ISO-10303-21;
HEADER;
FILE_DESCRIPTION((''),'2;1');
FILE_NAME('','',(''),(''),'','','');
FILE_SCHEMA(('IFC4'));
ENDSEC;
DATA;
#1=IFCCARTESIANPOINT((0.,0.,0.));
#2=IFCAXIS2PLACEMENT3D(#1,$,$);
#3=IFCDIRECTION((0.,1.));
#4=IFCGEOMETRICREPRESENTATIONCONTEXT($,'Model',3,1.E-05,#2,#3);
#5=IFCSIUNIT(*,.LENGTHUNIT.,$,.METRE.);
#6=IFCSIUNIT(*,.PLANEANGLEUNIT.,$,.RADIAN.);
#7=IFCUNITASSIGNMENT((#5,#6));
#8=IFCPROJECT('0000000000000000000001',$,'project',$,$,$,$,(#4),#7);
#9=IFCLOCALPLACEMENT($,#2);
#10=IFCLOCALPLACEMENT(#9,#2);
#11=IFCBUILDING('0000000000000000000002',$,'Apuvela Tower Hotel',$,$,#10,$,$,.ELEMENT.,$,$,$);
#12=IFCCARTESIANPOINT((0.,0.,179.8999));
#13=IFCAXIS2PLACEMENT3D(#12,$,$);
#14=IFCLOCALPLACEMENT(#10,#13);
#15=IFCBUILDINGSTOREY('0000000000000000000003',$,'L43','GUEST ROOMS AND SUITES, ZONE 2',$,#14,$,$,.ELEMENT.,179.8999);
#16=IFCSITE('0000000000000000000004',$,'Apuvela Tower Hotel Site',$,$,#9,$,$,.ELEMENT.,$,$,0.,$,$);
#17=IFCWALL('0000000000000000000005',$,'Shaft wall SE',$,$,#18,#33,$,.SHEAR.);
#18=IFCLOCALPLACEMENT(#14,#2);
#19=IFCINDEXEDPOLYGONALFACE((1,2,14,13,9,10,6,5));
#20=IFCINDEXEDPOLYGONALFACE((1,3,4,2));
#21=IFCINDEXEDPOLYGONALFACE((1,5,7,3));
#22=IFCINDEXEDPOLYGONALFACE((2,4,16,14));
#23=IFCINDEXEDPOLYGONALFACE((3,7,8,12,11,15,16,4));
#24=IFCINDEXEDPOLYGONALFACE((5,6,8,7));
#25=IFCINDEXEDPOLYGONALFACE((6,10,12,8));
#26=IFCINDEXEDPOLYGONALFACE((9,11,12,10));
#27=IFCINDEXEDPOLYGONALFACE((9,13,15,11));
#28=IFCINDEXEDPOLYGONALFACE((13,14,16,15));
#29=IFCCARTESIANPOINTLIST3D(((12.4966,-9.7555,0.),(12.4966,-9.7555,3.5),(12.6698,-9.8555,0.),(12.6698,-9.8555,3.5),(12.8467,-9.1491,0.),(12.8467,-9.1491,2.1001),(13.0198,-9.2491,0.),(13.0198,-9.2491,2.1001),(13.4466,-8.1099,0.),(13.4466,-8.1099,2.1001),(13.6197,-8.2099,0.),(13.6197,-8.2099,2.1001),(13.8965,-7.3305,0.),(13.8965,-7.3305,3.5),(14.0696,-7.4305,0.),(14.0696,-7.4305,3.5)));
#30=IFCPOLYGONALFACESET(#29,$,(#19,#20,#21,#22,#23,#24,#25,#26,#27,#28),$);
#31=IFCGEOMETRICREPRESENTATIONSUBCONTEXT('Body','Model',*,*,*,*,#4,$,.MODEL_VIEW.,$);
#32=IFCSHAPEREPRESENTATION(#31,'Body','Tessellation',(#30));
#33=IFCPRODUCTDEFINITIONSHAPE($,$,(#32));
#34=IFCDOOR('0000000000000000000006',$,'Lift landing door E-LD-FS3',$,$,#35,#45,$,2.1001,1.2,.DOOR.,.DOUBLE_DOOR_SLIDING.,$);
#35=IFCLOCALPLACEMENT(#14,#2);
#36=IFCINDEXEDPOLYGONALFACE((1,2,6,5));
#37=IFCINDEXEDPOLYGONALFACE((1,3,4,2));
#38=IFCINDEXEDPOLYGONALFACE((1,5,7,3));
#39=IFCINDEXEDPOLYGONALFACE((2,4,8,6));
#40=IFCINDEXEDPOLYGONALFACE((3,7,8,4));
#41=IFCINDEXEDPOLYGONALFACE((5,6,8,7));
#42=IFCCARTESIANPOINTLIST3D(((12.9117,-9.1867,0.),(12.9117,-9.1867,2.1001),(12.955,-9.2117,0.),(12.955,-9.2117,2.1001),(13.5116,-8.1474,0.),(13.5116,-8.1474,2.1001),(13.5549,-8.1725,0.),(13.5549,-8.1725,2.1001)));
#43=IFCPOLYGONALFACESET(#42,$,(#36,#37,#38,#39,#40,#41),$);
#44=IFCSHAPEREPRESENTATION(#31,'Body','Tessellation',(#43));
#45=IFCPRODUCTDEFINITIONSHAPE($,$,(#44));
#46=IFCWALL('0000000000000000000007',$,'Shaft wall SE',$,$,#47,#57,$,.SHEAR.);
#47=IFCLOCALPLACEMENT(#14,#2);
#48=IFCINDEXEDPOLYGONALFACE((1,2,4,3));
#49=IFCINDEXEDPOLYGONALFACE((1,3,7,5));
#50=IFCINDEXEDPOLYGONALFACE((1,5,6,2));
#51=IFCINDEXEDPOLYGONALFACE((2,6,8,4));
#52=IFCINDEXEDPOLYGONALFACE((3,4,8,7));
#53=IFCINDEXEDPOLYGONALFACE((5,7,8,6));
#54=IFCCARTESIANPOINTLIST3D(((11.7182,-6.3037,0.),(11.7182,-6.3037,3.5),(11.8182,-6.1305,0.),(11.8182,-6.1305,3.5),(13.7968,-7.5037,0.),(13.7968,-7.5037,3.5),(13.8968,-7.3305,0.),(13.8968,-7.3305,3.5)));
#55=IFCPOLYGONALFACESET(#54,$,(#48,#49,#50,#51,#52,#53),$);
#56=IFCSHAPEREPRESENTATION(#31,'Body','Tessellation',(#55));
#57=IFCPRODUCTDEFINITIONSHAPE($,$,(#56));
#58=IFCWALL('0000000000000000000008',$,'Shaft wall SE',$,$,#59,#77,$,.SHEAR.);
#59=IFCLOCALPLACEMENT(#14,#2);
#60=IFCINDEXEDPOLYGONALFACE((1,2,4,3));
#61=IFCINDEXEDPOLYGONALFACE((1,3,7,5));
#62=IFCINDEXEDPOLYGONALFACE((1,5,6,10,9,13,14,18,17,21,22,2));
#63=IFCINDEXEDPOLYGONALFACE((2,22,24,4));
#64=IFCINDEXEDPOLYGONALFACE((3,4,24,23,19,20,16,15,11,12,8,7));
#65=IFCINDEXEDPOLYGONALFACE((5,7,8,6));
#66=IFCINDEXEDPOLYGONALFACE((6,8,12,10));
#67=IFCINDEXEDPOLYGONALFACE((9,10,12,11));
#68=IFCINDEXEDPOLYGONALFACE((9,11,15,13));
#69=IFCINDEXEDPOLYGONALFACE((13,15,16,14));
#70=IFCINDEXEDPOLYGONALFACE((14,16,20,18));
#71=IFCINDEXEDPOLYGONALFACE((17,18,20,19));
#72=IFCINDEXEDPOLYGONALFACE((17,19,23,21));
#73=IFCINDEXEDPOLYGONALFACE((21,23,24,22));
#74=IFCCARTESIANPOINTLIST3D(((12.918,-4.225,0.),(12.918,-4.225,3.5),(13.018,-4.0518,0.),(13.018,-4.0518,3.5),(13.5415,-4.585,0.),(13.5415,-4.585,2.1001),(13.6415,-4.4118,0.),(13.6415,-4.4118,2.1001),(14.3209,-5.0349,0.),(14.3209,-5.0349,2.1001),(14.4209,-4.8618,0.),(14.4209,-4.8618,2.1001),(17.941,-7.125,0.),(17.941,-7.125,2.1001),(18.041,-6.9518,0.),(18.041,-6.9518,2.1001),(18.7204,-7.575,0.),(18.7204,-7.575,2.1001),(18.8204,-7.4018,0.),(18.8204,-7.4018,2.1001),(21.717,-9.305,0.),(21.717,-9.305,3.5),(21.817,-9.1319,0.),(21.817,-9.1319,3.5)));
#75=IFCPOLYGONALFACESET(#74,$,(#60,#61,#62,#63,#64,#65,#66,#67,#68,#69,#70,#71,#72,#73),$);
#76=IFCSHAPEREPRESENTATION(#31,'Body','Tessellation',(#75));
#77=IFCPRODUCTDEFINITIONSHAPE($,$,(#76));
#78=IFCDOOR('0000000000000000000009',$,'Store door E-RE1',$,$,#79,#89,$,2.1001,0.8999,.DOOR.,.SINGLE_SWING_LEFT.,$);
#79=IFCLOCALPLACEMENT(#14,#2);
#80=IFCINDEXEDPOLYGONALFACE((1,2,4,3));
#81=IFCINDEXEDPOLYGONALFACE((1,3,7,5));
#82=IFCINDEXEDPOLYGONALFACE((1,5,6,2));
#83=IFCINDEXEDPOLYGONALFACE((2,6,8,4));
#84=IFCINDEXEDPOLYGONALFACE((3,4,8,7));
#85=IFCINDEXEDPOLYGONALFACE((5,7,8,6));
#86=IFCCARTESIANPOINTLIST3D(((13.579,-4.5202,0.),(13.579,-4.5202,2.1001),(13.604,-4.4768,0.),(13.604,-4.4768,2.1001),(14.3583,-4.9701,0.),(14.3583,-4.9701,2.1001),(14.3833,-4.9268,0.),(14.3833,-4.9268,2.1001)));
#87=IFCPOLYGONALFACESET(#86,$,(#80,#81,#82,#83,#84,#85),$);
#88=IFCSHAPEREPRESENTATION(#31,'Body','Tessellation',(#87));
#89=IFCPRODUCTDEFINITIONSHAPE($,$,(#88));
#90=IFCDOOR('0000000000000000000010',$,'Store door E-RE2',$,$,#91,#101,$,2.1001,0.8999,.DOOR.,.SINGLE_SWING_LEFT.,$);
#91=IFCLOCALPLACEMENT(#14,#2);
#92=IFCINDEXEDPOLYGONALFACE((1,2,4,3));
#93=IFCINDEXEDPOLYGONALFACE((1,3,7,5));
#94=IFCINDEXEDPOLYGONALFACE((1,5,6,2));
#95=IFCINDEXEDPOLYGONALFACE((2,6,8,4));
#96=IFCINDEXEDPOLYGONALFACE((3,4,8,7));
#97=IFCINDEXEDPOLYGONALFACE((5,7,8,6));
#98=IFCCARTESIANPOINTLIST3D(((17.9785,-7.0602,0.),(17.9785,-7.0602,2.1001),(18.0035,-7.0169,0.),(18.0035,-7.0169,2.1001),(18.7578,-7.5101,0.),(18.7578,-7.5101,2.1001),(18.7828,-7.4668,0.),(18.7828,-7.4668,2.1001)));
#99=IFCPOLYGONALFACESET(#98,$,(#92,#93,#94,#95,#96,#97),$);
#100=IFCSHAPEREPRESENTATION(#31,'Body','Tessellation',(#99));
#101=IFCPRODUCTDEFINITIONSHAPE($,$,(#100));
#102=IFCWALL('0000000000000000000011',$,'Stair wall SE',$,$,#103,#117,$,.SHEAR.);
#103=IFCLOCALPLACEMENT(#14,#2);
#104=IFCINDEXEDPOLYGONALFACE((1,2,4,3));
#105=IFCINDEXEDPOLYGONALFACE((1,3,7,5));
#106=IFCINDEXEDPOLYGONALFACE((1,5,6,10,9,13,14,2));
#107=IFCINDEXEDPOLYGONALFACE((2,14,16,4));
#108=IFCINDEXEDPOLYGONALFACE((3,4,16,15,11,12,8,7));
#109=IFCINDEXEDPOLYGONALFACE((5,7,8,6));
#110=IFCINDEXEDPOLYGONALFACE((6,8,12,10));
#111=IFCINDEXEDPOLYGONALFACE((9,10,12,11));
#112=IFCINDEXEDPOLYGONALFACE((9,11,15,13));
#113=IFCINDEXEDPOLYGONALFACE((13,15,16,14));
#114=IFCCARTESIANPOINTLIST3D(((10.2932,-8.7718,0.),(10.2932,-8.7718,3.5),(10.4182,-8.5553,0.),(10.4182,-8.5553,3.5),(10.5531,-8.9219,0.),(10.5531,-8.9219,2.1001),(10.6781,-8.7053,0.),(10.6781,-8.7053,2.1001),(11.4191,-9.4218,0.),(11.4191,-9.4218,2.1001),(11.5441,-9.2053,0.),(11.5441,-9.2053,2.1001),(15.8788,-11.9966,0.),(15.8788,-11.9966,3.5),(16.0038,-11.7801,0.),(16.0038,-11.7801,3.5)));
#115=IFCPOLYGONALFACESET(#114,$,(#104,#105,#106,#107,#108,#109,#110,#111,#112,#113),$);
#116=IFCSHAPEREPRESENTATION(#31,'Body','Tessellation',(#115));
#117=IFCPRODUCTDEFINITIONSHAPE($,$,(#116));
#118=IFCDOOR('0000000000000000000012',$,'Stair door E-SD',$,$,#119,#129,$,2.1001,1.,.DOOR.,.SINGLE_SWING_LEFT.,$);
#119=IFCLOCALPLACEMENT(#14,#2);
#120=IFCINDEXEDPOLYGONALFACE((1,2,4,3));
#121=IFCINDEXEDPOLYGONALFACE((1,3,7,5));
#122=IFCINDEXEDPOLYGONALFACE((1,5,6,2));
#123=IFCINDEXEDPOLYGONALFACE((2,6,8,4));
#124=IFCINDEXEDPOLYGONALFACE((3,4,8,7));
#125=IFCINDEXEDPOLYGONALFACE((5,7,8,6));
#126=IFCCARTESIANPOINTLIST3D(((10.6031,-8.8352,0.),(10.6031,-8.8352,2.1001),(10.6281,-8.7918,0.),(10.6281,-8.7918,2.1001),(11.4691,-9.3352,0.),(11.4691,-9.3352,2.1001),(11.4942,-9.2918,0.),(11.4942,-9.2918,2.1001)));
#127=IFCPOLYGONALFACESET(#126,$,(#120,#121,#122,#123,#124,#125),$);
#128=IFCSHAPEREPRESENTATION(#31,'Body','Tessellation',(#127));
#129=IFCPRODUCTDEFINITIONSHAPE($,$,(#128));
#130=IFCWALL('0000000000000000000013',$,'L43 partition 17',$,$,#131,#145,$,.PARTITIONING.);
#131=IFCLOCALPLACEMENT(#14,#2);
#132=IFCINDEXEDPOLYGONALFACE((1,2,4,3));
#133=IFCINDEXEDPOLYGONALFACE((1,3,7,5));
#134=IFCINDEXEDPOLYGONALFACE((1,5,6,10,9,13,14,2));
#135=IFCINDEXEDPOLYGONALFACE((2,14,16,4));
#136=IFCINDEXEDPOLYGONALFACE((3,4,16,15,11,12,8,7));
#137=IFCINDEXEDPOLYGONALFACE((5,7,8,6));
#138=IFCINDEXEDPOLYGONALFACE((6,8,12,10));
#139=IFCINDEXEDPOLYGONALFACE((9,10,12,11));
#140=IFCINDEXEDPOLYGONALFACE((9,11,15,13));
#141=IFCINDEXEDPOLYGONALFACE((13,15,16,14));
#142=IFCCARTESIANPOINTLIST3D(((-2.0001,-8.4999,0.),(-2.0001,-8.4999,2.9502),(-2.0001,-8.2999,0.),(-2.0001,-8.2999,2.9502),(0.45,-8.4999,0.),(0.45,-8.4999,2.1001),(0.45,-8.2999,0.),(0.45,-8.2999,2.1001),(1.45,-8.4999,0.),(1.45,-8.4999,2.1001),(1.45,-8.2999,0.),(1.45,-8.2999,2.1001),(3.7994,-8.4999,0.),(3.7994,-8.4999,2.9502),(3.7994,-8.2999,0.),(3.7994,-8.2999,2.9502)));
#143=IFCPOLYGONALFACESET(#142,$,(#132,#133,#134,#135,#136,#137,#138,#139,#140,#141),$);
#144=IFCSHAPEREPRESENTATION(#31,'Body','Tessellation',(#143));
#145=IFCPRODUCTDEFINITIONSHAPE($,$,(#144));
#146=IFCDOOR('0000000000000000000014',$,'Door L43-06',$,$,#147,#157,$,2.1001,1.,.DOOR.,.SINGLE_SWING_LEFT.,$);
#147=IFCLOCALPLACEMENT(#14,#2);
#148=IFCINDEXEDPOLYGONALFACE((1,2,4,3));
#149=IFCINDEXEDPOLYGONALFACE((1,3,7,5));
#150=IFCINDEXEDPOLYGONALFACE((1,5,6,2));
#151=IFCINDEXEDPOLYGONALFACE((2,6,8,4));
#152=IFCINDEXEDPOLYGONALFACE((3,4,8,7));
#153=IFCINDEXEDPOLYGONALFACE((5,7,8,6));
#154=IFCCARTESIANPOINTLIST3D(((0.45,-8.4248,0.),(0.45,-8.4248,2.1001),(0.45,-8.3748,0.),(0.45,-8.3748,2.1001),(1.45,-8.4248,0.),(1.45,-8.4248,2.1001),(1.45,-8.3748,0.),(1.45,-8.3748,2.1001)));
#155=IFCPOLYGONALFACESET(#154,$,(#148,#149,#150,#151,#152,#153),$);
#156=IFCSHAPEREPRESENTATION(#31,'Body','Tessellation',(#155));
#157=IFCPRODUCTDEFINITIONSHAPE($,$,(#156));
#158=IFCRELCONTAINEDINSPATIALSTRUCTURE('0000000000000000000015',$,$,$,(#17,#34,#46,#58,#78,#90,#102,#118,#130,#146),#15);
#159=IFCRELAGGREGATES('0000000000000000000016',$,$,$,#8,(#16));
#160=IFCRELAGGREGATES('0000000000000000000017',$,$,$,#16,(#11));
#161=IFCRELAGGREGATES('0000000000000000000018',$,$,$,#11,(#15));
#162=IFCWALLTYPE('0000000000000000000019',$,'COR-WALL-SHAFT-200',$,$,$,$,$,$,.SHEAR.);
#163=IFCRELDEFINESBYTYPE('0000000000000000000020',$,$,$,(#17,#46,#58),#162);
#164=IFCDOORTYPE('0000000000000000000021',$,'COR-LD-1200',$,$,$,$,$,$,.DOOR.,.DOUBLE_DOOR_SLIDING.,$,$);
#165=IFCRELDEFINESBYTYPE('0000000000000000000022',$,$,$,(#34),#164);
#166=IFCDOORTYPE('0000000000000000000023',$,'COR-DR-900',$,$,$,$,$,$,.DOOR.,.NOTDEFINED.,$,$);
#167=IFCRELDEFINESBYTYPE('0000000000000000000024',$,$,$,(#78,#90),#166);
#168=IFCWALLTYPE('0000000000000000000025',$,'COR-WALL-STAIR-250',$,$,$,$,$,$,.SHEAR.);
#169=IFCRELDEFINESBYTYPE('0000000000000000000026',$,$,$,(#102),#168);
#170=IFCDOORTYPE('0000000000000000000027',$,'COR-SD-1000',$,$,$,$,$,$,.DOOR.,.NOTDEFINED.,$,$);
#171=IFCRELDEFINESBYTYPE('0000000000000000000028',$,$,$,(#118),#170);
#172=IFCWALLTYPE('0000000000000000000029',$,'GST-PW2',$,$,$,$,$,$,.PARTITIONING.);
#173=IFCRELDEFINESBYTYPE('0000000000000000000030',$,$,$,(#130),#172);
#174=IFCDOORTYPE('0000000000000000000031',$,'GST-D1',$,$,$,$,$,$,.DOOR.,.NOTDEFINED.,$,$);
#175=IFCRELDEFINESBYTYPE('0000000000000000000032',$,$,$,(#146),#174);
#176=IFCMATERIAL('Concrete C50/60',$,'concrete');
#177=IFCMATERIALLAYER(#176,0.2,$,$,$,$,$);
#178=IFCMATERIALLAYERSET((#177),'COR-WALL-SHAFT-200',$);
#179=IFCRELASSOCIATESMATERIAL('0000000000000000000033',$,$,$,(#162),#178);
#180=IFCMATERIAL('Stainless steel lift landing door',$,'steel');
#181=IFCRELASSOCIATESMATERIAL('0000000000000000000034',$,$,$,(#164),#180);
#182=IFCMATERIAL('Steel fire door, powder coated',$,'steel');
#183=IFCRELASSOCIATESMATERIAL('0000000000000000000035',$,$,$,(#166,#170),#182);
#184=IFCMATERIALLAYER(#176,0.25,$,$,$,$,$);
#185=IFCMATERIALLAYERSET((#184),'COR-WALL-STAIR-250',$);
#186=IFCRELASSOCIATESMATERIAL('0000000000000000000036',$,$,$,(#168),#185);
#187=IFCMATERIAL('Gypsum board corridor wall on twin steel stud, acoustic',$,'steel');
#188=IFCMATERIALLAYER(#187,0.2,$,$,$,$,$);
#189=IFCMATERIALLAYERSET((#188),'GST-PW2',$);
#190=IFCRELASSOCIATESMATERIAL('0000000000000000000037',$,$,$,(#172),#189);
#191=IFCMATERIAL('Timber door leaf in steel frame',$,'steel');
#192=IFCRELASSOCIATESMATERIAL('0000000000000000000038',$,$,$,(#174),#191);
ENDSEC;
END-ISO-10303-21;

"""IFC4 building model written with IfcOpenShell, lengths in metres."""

from ifc_helpers import new_model, si_unit, direction, frame, frame_2d, origin, place, context, subcontext, project, spatial, rectangle, extrude, material, layer, layer_set, type_object, element, fill, save


model = new_model("IFC4")

# Units and contexts
model_context = context("Model", 3, precision=1e-05, world=origin(), true_north=direction((0.0, 1.0)))
body_context = subcontext(model_context, "Body", "Model", "MODEL_VIEW")
ifc_project = project(units=[si_unit("LENGTHUNIT", "METRE"), si_unit("PLANEANGLEUNIT", "RADIAN")], contexts=[model_context])

# Site, building, storey
site_placement = place(None, origin())
site = spatial("IfcSite", under=ifc_project, at=site_placement, Name="Apuvela Tower Hotel Site", CompositionType="ELEMENT", RefElevation=0.0)
building_placement = place(site_placement, origin())
building = spatial("IfcBuilding", under=site, at=building_placement, Name="Apuvela Tower Hotel", CompositionType="ELEMENT")
storey_placement = place(building_placement, frame((0.0, 0.0, 179.8999)))
storey = spatial("IfcBuildingStorey", under=building, at=storey_placement, Name="L43", Description="GUEST ROOMS AND SUITES, ZONE 2", CompositionType="ELEMENT", Elevation=179.8999)

# Shared definitions
ifc_material_1 = material(Name="Concrete C50/60", Category="concrete")
ifc_material_2 = material(Name="Steel fire door, powder coated", Category="steel")

# Wall, opening, door
ifc_layer_1 = layer(ifc_material_1, 0.2)
ifc_layer_set_1 = layer_set([ifc_layer_1], Name="COR-WALL-SHAFT-200")
wall_type_1 = type_object("IfcWallType", Name="COR-WALL-SHAFT-200", PredefinedType="SHEAR", material=ifc_layer_set_1)
wall_1_placement = place(storey_placement, frame((12.5833, -9.8054, 0.0), z_axis=(0.0, 0.0, 1.0), x_axis=(0.499946, 0.866056, 0.0)))
wall_1 = element("IfcWall", 1, at=wall_1_placement, inside=storey, type_object=wall_type_1, Name="Shaft wall SE", PredefinedType="SHEAR", context=body_context, shape_type="SweptSolid", body=[
    extrude(rectangle(XDim=2.8, YDim=0.2, at=frame_2d((1.3999, 0.0))), origin(), (0.0, 0.0, 1.0), 3.5),
])
opening_1_placement = place(wall_1_placement, frame((0.7, 0.0, 0.0)))
opening_1 = element("IfcOpeningElement", 2, at=opening_1_placement, cuts=wall_1, PredefinedType="OPENING", context=body_context, shape_type="SweptSolid", body=[
    extrude(rectangle(XDim=1.2, YDim=2.1001, at=frame_2d((0.6001, 1.05))), frame((0.0, 0.1099, 0.0), z_axis=(0.0, -1.0, 0.0), x_axis=(1.0, 0.0, 0.0)), (0.0, 0.0, 1.0), 0.22),
])
ifc_material_3 = material(Name="Stainless steel lift landing door", Category="steel")
door_type_1 = type_object("IfcDoorType", Name="COR-LD-1200", OperationType="DOUBLE_DOOR_SLIDING", PredefinedType="DOOR", material=ifc_material_3)
door_1_placement = place(opening_1_placement, origin())
door_1 = element("IfcDoor", 3, at=door_1_placement, inside=storey, type_object=door_type_1, Name="Lift landing door E-LD-FS3", OperationType="DOUBLE_DOOR_SLIDING", OverallHeight=2.1001, OverallWidth=1.2, PredefinedType="DOOR", context=body_context, shape_type="SweptSolid", body=[
    extrude(rectangle(XDim=1.2, YDim=2.1001, at=frame_2d((0.6001, 1.05))), frame((0.0, 0.0249, 0.0), z_axis=(0.0, -1.0, 0.0), x_axis=(1.0, 0.0, 0.0)), (0.0, 0.0, 1.0), 0.05),
])
fill(opening_1, door_1)

# Wall
wall_2_placement = place(storey_placement, frame((11.7681, -6.217, 0.0), z_axis=(0.0, 0.0, 1.0), x_axis=(0.86605, -0.499957, 0.0)))
element("IfcWall", 4, at=wall_2_placement, inside=storey, type_object=wall_type_1, Name="Shaft wall SE", PredefinedType="SHEAR", context=body_context, shape_type="SweptSolid", body=[
    extrude(rectangle(XDim=2.4001, YDim=0.2, at=frame_2d((1.2002, 0.0))), origin(), (0.0, 0.0, 1.0), 3.5),
])

# Wall, openings, doors
wall_3_placement = place(storey_placement, frame((12.968, -4.1384, 0.0), z_axis=(0.0, 0.0, 1.0), x_axis=(0.866028, -0.499995, 0.0)))
wall_3 = element("IfcWall", 5, at=wall_3_placement, inside=storey, type_object=wall_type_1, Name="Shaft wall SE", PredefinedType="SHEAR", context=body_context, shape_type="SweptSolid", body=[
    extrude(rectangle(XDim=10.1602, YDim=0.2, at=frame_2d((5.0801, 0.0))), origin(), (0.0, 0.0, 1.0), 3.5),
])
opening_2_placement = place(wall_3_placement, frame((0.72, 0.0, 0.0)))
opening_2 = element("IfcOpeningElement", 6, at=opening_2_placement, cuts=wall_3, PredefinedType="OPENING", context=body_context, shape_type="SweptSolid", body=[
    extrude(rectangle(XDim=0.8999, YDim=2.1001, at=frame_2d((0.45, 1.05))), frame((0.0, 0.1099, 0.0), z_axis=(0.0, -1.0, 0.0), x_axis=(1.0, 0.0, 0.0)), (0.0, 0.0, 1.0), 0.22),
])
opening_3_placement = place(wall_3_placement, frame((5.8, 0.0, 0.0)))
opening_3 = element("IfcOpeningElement", 7, at=opening_3_placement, cuts=wall_3, PredefinedType="OPENING", context=body_context, shape_type="SweptSolid", body=[
    extrude(rectangle(XDim=0.8999, YDim=2.1001, at=frame_2d((0.45, 1.05))), frame((0.0, 0.1099, 0.0), z_axis=(0.0, -1.0, 0.0), x_axis=(1.0, 0.0, 0.0)), (0.0, 0.0, 1.0), 0.22),
])
door_type_2 = type_object("IfcDoorType", Name="COR-DR-900", OperationType="NOTDEFINED", PredefinedType="DOOR", material=ifc_material_2)
door_2_placement = place(opening_2_placement, origin())
door_2 = element("IfcDoor", 8, at=door_2_placement, inside=storey, type_object=door_type_2, Name="Store door E-RE1", OperationType="SINGLE_SWING_LEFT", OverallHeight=2.1001, OverallWidth=0.8999, PredefinedType="DOOR", context=body_context, shape_type="SweptSolid", body=[
    extrude(rectangle(XDim=0.8999, YDim=2.1001, at=frame_2d((0.45, 1.05))), frame((0.0, 0.0249, 0.0), z_axis=(0.0, -1.0, 0.0), x_axis=(1.0, 0.0, 0.0)), (0.0, 0.0, 1.0), 0.05),
])
fill(opening_2, door_2)
door_3_placement = place(opening_3_placement, origin())
door_3 = element("IfcDoor", 9, at=door_3_placement, inside=storey, type_object=door_type_2, Name="Store door E-RE2", OperationType="SINGLE_SWING_LEFT", OverallHeight=2.1001, OverallWidth=0.8999, PredefinedType="DOOR", context=body_context, shape_type="SweptSolid", body=[
    extrude(rectangle(XDim=0.8999, YDim=2.1001, at=frame_2d((0.45, 1.05))), frame((0.0, 0.0249, 0.0), z_axis=(0.0, -1.0, 0.0), x_axis=(1.0, 0.0, 0.0)), (0.0, 0.0, 1.0), 0.05),
])
fill(opening_3, door_3)

# Walls, openings, doors
ifc_layer_2 = layer(ifc_material_1, 0.25)
ifc_layer_set_2 = layer_set([ifc_layer_2], Name="COR-WALL-STAIR-250")
wall_type_2 = type_object("IfcWallType", Name="COR-WALL-STAIR-250", PredefinedType="SHEAR", material=ifc_layer_set_2)
wall_4_placement = place(storey_placement, frame((10.3557, -8.6636, 0.0), z_axis=(0.0, 0.0, 1.0), x_axis=(0.866029, -0.499994, 0.0)))
wall_4 = element("IfcWall", 10, at=wall_4_placement, inside=storey, type_object=wall_type_2, Name="Stair wall SE", PredefinedType="SHEAR", context=body_context, shape_type="SweptSolid", body=[
    extrude(rectangle(XDim=6.4497, YDim=0.25, at=frame_2d((3.2249, 0.0))), origin(), (0.0, 0.0, 1.0), 3.5),
])
opening_4_placement = place(wall_4_placement, frame((0.3, 0.0, 0.0)))
opening_4 = element("IfcOpeningElement", 11, at=opening_4_placement, cuts=wall_4, PredefinedType="OPENING", context=body_context, shape_type="SweptSolid", body=[
    extrude(rectangle(XDim=1.0, YDim=2.1001, at=frame_2d((0.5, 1.05))), frame((0.0, 0.135, 0.0), z_axis=(0.0, -1.0, 0.0), x_axis=(1.0, 0.0, 0.0)), (0.0, 0.0, 1.0), 0.27),
])
door_type_3 = type_object("IfcDoorType", Name="COR-SD-1000", OperationType="NOTDEFINED", PredefinedType="DOOR", material=ifc_material_2)
door_4_placement = place(opening_4_placement, frame((1.0, 0.0, 0.0), z_axis=(0.0, 0.0, 1.0), x_axis=(-1.0, 0.0, 0.0)))
door_4 = element("IfcDoor", 12, at=door_4_placement, inside=storey, type_object=door_type_3, Name="Stair door E-SD", OperationType="SINGLE_SWING_LEFT", OverallHeight=2.1001, OverallWidth=1.0, PredefinedType="DOOR", context=body_context, shape_type="SweptSolid", body=[
    extrude(rectangle(XDim=1.0, YDim=2.1001, at=frame_2d((0.5, 1.05))), frame((0.0, 0.0249, 0.0), z_axis=(0.0, -1.0, 0.0), x_axis=(1.0, 0.0, 0.0)), (0.0, 0.0, 1.0), 0.05),
])
fill(opening_4, door_4)
ifc_material_4 = material(Name="Gypsum board corridor wall on twin steel stud, acoustic", Category="steel")
ifc_layer_3 = layer(ifc_material_4, 0.2)
ifc_layer_set_3 = layer_set([ifc_layer_3], Name="GST-PW2")
wall_type_3 = type_object("IfcWallType", Name="GST-PW2", PredefinedType="PARTITIONING", material=ifc_layer_set_3)
wall_5_placement = place(storey_placement, frame((3.7996, -8.3999, 0.0), z_axis=(0.0, 0.0, 1.0), x_axis=(-1.0, 0.0, 0.0)))
wall_5 = element("IfcWall", 13, at=wall_5_placement, inside=storey, type_object=wall_type_3, Name="L43 partition 17", PredefinedType="PARTITIONING", context=body_context, shape_type="SweptSolid", body=[
    extrude(rectangle(XDim=5.7996, YDim=0.2, at=frame_2d((2.8999, 0.0))), origin(), (0.0, 0.0, 1.0), 2.9502),
])
opening_5_placement = place(wall_5_placement, frame((2.3496, 0.0, 0.0)))
opening_5 = element("IfcOpeningElement", 14, at=opening_5_placement, cuts=wall_5, PredefinedType="OPENING", context=body_context, shape_type="SweptSolid", body=[
    extrude(rectangle(XDim=1.0, YDim=2.1001, at=frame_2d((0.5, 1.05))), frame((0.0, 0.1099, 0.0), z_axis=(0.0, -1.0, 0.0), x_axis=(1.0, 0.0, 0.0)), (0.0, 0.0, 1.0), 0.22),
])
ifc_material_5 = material(Name="Timber door leaf in steel frame", Category="steel")
door_type_4 = type_object("IfcDoorType", Name="GST-D1", OperationType="NOTDEFINED", PredefinedType="DOOR", material=ifc_material_5)
door_5_placement = place(opening_5_placement, origin())
door_5 = element("IfcDoor", 15, at=door_5_placement, inside=storey, type_object=door_type_4, Name="Door L43-06", OperationType="SINGLE_SWING_LEFT", OverallHeight=2.1001, OverallWidth=1.0, PredefinedType="DOOR", context=body_context, shape_type="SweptSolid", body=[
    extrude(rectangle(XDim=1.0, YDim=2.1001, at=frame_2d((0.5, 1.05))), frame((0.0, 0.0249, 0.0), z_axis=(0.0, -1.0, 0.0), x_axis=(1.0, 0.0, 0.0)), (0.0, 0.0, 1.0), 0.05),
])
fill(opening_5, door_5)

save(model, "model.ifc")
